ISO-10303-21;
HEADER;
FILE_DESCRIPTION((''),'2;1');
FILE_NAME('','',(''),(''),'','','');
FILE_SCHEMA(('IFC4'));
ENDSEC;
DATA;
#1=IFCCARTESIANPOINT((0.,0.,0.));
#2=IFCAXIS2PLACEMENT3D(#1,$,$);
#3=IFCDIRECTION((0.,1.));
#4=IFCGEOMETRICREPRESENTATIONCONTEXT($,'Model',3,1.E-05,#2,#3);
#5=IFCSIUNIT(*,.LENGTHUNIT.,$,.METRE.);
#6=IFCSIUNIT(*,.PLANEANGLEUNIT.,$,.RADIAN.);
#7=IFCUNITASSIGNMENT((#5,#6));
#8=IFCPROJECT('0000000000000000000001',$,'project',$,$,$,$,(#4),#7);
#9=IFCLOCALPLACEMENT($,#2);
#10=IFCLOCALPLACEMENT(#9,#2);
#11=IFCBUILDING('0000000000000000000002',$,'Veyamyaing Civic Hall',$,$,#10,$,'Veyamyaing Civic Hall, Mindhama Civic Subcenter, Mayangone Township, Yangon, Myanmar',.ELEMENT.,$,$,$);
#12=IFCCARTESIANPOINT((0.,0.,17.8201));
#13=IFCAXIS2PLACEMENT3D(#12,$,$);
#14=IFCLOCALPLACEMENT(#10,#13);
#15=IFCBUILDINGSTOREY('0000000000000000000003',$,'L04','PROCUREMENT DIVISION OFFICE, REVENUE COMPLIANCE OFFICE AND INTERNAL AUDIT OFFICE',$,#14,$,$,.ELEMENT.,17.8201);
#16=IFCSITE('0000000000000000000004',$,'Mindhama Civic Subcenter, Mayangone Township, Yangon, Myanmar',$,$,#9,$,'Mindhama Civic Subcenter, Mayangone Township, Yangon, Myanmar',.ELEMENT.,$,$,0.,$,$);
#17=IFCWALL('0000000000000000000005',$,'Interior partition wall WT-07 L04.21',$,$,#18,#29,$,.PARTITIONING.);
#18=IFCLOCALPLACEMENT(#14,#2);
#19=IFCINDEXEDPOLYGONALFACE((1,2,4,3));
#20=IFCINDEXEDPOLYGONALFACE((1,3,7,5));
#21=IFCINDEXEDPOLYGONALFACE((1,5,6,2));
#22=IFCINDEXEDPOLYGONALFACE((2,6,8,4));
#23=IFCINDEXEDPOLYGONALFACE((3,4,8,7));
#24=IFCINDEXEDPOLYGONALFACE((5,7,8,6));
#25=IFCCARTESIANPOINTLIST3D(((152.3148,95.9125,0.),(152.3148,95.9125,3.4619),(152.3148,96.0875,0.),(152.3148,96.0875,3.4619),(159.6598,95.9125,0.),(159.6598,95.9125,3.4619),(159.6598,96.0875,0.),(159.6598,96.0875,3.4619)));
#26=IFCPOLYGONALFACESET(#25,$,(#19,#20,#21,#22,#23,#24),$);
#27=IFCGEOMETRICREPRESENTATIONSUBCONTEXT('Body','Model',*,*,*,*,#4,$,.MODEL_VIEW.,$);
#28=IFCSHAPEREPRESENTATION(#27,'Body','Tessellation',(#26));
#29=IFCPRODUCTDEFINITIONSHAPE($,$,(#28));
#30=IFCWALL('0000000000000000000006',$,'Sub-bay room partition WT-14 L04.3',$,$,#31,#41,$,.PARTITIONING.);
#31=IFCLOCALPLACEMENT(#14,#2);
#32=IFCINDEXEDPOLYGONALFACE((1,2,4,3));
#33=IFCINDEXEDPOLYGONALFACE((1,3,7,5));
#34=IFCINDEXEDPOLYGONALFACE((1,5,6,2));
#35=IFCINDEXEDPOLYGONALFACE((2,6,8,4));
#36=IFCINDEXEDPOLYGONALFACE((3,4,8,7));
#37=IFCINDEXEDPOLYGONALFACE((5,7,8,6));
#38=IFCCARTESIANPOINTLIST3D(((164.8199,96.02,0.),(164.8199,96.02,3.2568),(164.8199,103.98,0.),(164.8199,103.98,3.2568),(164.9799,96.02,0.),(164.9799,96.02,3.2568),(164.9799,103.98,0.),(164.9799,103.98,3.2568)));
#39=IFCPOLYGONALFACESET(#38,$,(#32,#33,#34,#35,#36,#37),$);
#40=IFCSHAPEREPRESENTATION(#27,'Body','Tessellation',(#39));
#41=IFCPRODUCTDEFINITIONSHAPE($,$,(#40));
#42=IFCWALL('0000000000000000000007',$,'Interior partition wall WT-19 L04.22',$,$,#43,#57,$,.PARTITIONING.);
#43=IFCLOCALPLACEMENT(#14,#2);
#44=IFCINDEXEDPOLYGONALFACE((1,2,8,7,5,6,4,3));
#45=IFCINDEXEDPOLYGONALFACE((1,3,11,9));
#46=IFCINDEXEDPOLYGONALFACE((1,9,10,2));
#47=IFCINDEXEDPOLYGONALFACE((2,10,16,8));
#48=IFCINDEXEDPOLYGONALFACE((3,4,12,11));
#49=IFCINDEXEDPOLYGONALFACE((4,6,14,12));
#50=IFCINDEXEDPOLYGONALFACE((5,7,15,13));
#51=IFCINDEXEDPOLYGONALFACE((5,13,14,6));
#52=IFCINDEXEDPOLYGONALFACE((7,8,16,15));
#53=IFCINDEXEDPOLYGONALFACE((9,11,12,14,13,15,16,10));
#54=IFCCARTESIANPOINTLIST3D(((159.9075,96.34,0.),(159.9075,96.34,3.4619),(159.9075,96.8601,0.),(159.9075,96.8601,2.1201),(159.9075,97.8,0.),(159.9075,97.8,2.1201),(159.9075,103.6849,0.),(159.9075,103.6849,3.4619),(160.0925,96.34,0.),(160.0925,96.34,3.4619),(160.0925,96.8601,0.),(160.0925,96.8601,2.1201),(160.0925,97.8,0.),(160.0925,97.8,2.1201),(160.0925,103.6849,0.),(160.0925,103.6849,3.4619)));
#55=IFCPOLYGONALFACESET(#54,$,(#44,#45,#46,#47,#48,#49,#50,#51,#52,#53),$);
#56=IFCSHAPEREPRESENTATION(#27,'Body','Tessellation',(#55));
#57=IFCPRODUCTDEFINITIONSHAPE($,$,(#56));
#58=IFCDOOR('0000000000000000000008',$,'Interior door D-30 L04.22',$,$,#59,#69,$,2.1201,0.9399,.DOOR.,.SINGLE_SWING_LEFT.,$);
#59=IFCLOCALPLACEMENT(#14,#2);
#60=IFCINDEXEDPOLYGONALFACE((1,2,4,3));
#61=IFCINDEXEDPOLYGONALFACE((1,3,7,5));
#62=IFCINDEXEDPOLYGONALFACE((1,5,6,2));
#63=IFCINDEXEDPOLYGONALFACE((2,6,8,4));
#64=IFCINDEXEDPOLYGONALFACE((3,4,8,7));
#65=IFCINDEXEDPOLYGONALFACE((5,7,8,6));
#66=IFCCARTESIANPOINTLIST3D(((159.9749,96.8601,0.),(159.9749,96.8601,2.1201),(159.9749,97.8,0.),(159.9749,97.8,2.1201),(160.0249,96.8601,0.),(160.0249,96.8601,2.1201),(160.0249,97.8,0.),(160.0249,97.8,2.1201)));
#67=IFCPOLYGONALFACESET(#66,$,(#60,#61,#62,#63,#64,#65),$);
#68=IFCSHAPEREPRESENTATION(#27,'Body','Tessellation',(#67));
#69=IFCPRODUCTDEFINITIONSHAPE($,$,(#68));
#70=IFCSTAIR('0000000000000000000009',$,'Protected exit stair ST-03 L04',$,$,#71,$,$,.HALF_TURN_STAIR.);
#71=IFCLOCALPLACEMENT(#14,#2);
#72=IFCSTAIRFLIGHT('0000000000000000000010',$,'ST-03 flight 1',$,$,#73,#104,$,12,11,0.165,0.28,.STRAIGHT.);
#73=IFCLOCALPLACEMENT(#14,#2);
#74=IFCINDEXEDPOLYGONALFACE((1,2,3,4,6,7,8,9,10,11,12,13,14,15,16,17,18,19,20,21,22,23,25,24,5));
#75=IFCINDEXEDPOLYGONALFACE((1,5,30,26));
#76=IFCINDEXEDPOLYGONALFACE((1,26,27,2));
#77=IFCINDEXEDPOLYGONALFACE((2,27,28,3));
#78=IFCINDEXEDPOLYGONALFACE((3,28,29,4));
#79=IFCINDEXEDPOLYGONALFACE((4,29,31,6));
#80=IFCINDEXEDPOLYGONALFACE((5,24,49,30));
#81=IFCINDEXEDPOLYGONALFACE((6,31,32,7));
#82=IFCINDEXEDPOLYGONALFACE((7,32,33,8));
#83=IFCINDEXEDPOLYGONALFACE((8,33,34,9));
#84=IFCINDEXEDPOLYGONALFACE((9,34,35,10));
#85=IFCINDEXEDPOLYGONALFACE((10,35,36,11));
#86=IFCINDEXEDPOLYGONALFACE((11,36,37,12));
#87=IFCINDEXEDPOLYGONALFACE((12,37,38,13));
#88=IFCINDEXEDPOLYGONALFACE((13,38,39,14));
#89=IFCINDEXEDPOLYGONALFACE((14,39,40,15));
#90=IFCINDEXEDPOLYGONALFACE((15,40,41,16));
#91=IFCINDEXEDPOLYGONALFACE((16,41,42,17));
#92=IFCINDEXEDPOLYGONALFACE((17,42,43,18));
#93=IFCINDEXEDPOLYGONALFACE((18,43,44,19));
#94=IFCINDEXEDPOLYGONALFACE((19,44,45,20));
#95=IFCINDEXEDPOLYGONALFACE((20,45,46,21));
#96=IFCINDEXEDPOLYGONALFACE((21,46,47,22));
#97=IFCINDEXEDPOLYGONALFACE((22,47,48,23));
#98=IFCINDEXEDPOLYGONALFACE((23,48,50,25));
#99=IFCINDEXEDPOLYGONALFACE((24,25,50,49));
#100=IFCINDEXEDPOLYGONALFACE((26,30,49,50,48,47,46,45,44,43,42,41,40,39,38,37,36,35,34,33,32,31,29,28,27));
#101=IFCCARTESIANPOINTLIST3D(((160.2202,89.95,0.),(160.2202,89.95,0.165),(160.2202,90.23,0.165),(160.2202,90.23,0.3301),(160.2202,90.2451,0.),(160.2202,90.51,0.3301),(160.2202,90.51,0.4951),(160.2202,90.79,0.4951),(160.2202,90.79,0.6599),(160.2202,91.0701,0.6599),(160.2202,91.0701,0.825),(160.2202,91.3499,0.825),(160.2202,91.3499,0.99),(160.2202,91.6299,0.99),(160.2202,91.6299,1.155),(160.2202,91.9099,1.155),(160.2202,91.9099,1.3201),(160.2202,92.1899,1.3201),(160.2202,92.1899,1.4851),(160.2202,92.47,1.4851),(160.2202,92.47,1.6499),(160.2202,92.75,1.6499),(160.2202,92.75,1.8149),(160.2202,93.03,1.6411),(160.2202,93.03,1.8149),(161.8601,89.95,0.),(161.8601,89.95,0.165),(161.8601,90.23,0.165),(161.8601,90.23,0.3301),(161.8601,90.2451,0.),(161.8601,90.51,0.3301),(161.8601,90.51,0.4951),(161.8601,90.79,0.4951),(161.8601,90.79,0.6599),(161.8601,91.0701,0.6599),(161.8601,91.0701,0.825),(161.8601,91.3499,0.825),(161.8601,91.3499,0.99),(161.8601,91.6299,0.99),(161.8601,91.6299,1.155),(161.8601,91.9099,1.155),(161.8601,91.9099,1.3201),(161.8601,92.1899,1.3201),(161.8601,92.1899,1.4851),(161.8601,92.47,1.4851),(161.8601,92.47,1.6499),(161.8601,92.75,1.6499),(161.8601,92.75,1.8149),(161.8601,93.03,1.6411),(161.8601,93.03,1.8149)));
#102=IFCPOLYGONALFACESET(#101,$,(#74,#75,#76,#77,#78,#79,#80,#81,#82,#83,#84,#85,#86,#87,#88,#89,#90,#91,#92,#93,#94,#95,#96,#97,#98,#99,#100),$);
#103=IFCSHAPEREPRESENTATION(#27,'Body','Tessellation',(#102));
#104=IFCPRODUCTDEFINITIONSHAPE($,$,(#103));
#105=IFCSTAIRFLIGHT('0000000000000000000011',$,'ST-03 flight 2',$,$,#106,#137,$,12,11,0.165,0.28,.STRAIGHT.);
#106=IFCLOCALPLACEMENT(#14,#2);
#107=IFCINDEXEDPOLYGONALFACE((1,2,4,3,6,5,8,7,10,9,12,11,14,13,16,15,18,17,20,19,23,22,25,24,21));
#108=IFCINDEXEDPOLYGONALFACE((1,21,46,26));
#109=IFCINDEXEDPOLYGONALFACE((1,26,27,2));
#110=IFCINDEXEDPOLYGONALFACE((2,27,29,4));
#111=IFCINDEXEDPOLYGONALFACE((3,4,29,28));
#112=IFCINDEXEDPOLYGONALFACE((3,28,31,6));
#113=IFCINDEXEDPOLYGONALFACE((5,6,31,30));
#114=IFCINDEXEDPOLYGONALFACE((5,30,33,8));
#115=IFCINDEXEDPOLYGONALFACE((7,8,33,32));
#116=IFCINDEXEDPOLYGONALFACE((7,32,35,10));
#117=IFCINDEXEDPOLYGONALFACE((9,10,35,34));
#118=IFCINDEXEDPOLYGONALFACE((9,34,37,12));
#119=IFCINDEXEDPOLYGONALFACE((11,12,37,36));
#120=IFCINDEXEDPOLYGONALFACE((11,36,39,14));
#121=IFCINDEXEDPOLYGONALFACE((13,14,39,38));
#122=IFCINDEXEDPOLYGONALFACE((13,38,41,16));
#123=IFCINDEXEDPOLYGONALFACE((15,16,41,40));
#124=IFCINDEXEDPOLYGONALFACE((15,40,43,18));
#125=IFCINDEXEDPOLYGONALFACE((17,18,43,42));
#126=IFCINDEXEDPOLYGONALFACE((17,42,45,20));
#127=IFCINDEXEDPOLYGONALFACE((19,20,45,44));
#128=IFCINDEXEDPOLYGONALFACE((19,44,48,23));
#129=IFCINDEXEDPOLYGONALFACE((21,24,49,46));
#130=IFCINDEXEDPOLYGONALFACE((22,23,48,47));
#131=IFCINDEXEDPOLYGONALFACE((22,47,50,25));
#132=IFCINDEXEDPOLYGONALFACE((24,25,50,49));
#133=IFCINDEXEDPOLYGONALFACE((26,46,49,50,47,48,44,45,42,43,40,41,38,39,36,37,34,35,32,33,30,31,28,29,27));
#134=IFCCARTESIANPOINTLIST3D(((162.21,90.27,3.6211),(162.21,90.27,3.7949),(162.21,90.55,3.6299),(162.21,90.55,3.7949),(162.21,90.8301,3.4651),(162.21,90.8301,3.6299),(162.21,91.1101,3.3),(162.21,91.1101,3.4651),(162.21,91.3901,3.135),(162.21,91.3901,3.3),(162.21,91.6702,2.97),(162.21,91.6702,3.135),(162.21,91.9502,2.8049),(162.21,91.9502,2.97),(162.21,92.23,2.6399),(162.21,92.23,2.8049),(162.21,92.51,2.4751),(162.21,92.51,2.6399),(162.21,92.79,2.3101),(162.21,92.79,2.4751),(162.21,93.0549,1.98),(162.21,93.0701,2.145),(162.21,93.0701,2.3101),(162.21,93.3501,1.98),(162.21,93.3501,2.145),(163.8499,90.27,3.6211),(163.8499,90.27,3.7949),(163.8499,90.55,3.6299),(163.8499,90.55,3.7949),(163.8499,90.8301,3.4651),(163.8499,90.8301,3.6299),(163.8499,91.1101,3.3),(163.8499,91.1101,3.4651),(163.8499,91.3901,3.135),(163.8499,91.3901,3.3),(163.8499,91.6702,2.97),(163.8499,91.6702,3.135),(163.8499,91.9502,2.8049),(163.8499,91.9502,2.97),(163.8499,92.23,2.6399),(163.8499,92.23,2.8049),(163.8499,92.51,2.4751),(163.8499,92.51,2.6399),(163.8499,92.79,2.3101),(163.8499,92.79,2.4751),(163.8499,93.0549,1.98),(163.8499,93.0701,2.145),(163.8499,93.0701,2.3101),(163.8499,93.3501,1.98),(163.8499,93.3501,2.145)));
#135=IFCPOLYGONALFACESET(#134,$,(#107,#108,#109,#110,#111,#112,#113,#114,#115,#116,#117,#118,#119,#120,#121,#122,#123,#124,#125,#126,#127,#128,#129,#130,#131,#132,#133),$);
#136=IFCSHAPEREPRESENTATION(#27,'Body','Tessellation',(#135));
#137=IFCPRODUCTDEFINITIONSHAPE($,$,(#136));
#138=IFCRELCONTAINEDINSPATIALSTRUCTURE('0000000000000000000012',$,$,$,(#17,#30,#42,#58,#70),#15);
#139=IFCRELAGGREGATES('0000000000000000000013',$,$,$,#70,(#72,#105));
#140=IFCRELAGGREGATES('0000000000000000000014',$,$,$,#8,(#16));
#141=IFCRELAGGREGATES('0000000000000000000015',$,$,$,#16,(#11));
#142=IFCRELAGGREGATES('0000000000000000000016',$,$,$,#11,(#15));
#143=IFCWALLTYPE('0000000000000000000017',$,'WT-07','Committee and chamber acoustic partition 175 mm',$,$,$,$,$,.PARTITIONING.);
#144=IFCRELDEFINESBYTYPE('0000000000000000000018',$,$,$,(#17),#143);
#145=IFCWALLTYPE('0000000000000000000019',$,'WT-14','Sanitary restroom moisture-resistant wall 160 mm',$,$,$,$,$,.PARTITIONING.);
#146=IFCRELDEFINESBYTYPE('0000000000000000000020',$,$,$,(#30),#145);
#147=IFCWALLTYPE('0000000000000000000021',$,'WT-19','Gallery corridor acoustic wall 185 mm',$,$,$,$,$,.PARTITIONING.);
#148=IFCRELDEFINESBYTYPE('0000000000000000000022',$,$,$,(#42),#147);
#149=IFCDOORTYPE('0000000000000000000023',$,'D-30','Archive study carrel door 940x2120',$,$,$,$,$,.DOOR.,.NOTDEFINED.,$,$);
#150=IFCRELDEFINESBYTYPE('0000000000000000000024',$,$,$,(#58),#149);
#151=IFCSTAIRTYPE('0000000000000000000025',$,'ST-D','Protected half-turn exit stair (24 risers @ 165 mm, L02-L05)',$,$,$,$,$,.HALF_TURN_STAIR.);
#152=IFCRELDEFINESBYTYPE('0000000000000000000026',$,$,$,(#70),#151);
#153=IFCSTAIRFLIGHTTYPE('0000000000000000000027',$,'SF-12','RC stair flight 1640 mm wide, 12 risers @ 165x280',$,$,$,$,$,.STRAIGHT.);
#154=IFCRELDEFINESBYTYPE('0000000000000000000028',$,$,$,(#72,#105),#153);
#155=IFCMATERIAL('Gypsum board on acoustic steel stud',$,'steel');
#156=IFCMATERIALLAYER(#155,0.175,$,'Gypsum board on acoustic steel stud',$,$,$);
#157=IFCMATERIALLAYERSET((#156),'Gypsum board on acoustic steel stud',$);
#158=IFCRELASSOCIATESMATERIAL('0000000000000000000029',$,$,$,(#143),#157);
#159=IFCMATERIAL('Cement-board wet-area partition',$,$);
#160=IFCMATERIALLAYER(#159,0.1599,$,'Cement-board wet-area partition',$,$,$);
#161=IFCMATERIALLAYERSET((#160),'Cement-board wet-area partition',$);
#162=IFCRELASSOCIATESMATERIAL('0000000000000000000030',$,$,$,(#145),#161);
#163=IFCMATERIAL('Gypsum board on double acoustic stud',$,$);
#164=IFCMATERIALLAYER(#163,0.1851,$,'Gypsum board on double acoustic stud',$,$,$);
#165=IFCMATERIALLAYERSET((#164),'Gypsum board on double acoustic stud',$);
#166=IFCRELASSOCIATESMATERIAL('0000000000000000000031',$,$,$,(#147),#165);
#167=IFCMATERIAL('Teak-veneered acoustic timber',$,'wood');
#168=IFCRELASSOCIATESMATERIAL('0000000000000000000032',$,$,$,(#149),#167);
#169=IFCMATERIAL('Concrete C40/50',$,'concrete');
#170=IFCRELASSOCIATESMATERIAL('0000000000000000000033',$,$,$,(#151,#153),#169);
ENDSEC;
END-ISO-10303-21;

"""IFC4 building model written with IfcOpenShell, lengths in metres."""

from ifc_helpers import new_model, si_unit, direction, frame, frame_2d, origin, place, context, subcontext, project, spatial, polyline, rectangle, outline, extrude, material, layer, layer_set, type_object, element, fill, aggregate, save


model = new_model("IFC4")

# Units and contexts
model_context = context("Model", 3, precision=1e-05, world=origin(), true_north=direction((0.0, 1.0)))
body_context = subcontext(model_context, "Body", "Model", "MODEL_VIEW")
ifc_project = project(units=[si_unit("LENGTHUNIT", "METRE"), si_unit("PLANEANGLEUNIT", "RADIAN")], contexts=[model_context])

# Site, building, storey
site_placement = place(None, origin())
site = spatial("IfcSite", under=ifc_project, at=site_placement, Name="Mindhama Civic Subcenter, Mayangone Township, Yangon, Myanmar", LongName="Mindhama Civic Subcenter, Mayangone Township, Yangon, Myanmar", CompositionType="ELEMENT", RefElevation=0.0)
building_placement = place(site_placement, origin())
building = spatial("IfcBuilding", under=site, at=building_placement, Name="Veyamyaing Civic Hall", LongName="Veyamyaing Civic Hall, Mindhama Civic Subcenter, Mayangone Township, Yangon, Myanmar", CompositionType="ELEMENT")
storey_placement = place(building_placement, frame((0.0, 0.0, 17.8201)))
storey = spatial("IfcBuildingStorey", under=building, at=storey_placement, Name="L04", Description="PROCUREMENT DIVISION OFFICE, REVENUE COMPLIANCE OFFICE AND INTERNAL AUDIT OFFICE", CompositionType="ELEMENT", Elevation=17.8201)

# Shared definitions
ifc_material_1 = material(Name="Concrete C40/50", Category="concrete")

# Shared definitions
ifc_material_2 = material(Name="Gypsum board on acoustic steel stud", Category="steel")
ifc_layer_1 = layer(ifc_material_2, 0.175, Name="Gypsum board on acoustic steel stud")
ifc_layer_set_1 = layer_set([ifc_layer_1], Name="Gypsum board on acoustic steel stud")
wall_type_1 = type_object("IfcWallType", Name="WT-07", Description="Committee and chamber acoustic partition 175 mm", PredefinedType="PARTITIONING", material=ifc_layer_set_1)
ifc_material_3 = material(Name="Teak-veneered acoustic timber", Category="wood")

# Walls
wall_1_placement = place(storey_placement, frame((152.3149, 96.0, 0.0), z_axis=(0.0, 0.0, 1.0), x_axis=(1.0, 0.0, 0.0)))
element("IfcWall", 1, at=wall_1_placement, inside=storey, type_object=wall_type_1, Name="Interior partition wall WT-07 L04.21", PredefinedType="PARTITIONING", context=body_context, shape_type="SweptSolid", body=[
    extrude(rectangle(XDim=7.345, YDim=0.175, at=frame_2d((3.6724, 0.0))), origin(), (0.0, 0.0, 1.0), 3.4619),
])
ifc_material_4 = material(Name="Cement-board wet-area partition")
ifc_layer_2 = layer(ifc_material_4, 0.1599, Name="Cement-board wet-area partition")
ifc_layer_set_2 = layer_set([ifc_layer_2], Name="Cement-board wet-area partition")
wall_type_2 = type_object("IfcWallType", Name="WT-14", Description="Sanitary restroom moisture-resistant wall 160 mm", PredefinedType="PARTITIONING", material=ifc_layer_set_2)
wall_2_placement = place(storey_placement, frame((164.8999, 96.02, 0.0), z_axis=(0.0, 0.0, 1.0), x_axis=(0.0, 1.0, 0.0)))
element("IfcWall", 2, at=wall_2_placement, inside=storey, type_object=wall_type_2, Name="Sub-bay room partition WT-14 L04.3", PredefinedType="PARTITIONING", context=body_context, shape_type="SweptSolid", body=[
    extrude(rectangle(XDim=7.96, YDim=0.1599, at=frame_2d((3.98, 0.0))), origin(), (0.0, 0.0, 1.0), 3.2568),
])

# Wall, opening, door
ifc_material_5 = material(Name="Gypsum board on double acoustic stud")
ifc_layer_3 = layer(ifc_material_5, 0.1851, Name="Gypsum board on double acoustic stud")
ifc_layer_set_3 = layer_set([ifc_layer_3], Name="Gypsum board on double acoustic stud")
wall_type_3 = type_object("IfcWallType", Name="WT-19", Description="Gallery corridor acoustic wall 185 mm", PredefinedType="PARTITIONING", material=ifc_layer_set_3)
wall_3_placement = place(storey_placement, frame((160.0, 96.3401, 0.0), z_axis=(0.0, 0.0, 1.0), x_axis=(0.0, 1.0, 0.0)))
wall_3 = element("IfcWall", 3, at=wall_3_placement, inside=storey, type_object=wall_type_3, Name="Interior partition wall WT-19 L04.22", PredefinedType="PARTITIONING", context=body_context, shape_type="SweptSolid", body=[
    extrude(rectangle(XDim=7.345, YDim=0.1851, at=frame_2d((3.6724, 0.0))), origin(), (0.0, 0.0, 1.0), 3.4619),
])
opening_1_placement = place(wall_3_placement, frame((0.52, 0.0, 0.0)))
opening_1 = element("IfcOpeningElement", 4, at=opening_1_placement, cuts=wall_3, PredefinedType="OPENING", context=body_context, shape_type="SweptSolid", body=[
    extrude(rectangle(XDim=0.9399, YDim=2.1201, at=frame_2d((0.47, 1.0601))), frame((0.0, 0.1025, 0.0), z_axis=(0.0, -1.0, 0.0), x_axis=(1.0, 0.0, 0.0)), (0.0, 0.0, 1.0), 0.2051),
])
door_type_1 = type_object("IfcDoorType", Name="D-30", Description="Archive study carrel door 940x2120", OperationType="NOTDEFINED", PredefinedType="DOOR", material=ifc_material_3)
door_1_placement = place(opening_1_placement, frame((0.9399, 0.0, 0.0), z_axis=(0.0, 0.0, 1.0), x_axis=(-1.0, 0.0, 0.0)))
door_1 = element("IfcDoor", 5, at=door_1_placement, inside=storey, type_object=door_type_1, Name="Interior door D-30 L04.22", OperationType="SINGLE_SWING_LEFT", OverallHeight=2.1201, OverallWidth=0.9399, PredefinedType="DOOR", context=body_context, shape_type="SweptSolid", body=[
    extrude(rectangle(XDim=0.9399, YDim=2.1201, at=frame_2d((0.47, 1.0601))), frame((0.0, 0.0249, 0.0), z_axis=(0.0, -1.0, 0.0), x_axis=(1.0, 0.0, 0.0)), (0.0, 0.0, 1.0), 0.05),
])
fill(opening_1, door_1)

# Stair, stair flights
stair_type = type_object("IfcStairType", Name="ST-D", Description="Protected half-turn exit stair (24 risers @ 165 mm, L02-L05)", PredefinedType="HALF_TURN_STAIR", material=ifc_material_1)
stair_placement = place(storey_placement, origin())
stair = element("IfcStair", 6, at=stair_placement, inside=storey, type_object=stair_type, Name="Protected exit stair ST-03 L04", PredefinedType="HALF_TURN_STAIR")
stair_flight_type = type_object("IfcStairFlightType", Name="SF-12", Description="RC stair flight 1640 mm wide, 12 risers @ 165x280", PredefinedType="STRAIGHT", material=ifc_material_1)
stair_flight_1_placement = place(storey_placement, frame((161.04, 89.95, 0.0), z_axis=(0.0, 0.0, 1.0), x_axis=(0.0, 1.0, 0.0)))
stair_flight_1 = element("IfcStairFlight", 7, at=stair_flight_1_placement, type_object=stair_flight_type, Name="ST-03 flight 1", NumberOfRisers=12, NumberOfTreads=11, PredefinedType="STRAIGHT", RiserHeight=0.165, TreadLength=0.28, context=body_context, shape_type="SweptSolid", body=[
    extrude(outline(polyline([(0.0, 0.0), (0.0, 0.165), (0.28, 0.165), (0.28, 0.3301), (0.5601, 0.3301), (0.5601, 0.4951), (0.8401, 0.4951), (0.8401, 0.6599), (1.1201, 0.6599), (1.1201, 0.825), (1.3999, 0.825), (1.3999, 0.99), (1.6799, 0.99), (1.6799, 1.155), (1.96, 1.155), (1.96, 1.3201), (2.24, 1.3201), (2.24, 1.4851), (2.52, 1.4851), (2.52, 1.6499), (2.8, 1.6499), (2.8, 1.8149), (3.0801, 1.8149), (3.0801, 1.98), (3.0801, 1.6411), (0.2952, 0.0), (0.0, 0.0)])), frame((0.0, 0.8198, 0.0), z_axis=(0.0, -1.0, 0.0), x_axis=(1.0, 0.0, 0.0)), (0.0, 0.0, 1.0), 1.6399),
])
stair_flight_2_placement = place(storey_placement, frame((163.03, 93.3501, 1.98), z_axis=(0.0, 0.0, 1.0), x_axis=(0.0, -1.0, 0.0)))
stair_flight_2 = element("IfcStairFlight", 8, at=stair_flight_2_placement, type_object=stair_flight_type, Name="ST-03 flight 2", NumberOfRisers=12, NumberOfTreads=11, PredefinedType="STRAIGHT", RiserHeight=0.165, TreadLength=0.28, context=body_context, shape_type="SweptSolid", body=[
    extrude(outline(polyline([(0.0, 0.0), (0.0, 0.165), (0.28, 0.165), (0.28, 0.3301), (0.5601, 0.3301), (0.5601, 0.4951), (0.8401, 0.4951), (0.8401, 0.6599), (1.1201, 0.6599), (1.1201, 0.825), (1.3999, 0.825), (1.3999, 0.99), (1.6799, 0.99), (1.6799, 1.155), (1.96, 1.155), (1.96, 1.3201), (2.24, 1.3201), (2.24, 1.4851), (2.52, 1.4851), (2.52, 1.6499), (2.8, 1.6499), (2.8, 1.8149), (3.0801, 1.8149), (3.0801, 1.98), (3.0801, 1.6411), (0.2952, 0.0), (0.0, 0.0)])), frame((0.0, 0.8198, 0.0), z_axis=(0.0, -1.0, 0.0), x_axis=(1.0, 0.0, 0.0)), (0.0, 0.0, 1.0), 1.6399),
])
aggregate(stair, [stair_flight_1, stair_flight_2])

save(model, "model.ifc")
